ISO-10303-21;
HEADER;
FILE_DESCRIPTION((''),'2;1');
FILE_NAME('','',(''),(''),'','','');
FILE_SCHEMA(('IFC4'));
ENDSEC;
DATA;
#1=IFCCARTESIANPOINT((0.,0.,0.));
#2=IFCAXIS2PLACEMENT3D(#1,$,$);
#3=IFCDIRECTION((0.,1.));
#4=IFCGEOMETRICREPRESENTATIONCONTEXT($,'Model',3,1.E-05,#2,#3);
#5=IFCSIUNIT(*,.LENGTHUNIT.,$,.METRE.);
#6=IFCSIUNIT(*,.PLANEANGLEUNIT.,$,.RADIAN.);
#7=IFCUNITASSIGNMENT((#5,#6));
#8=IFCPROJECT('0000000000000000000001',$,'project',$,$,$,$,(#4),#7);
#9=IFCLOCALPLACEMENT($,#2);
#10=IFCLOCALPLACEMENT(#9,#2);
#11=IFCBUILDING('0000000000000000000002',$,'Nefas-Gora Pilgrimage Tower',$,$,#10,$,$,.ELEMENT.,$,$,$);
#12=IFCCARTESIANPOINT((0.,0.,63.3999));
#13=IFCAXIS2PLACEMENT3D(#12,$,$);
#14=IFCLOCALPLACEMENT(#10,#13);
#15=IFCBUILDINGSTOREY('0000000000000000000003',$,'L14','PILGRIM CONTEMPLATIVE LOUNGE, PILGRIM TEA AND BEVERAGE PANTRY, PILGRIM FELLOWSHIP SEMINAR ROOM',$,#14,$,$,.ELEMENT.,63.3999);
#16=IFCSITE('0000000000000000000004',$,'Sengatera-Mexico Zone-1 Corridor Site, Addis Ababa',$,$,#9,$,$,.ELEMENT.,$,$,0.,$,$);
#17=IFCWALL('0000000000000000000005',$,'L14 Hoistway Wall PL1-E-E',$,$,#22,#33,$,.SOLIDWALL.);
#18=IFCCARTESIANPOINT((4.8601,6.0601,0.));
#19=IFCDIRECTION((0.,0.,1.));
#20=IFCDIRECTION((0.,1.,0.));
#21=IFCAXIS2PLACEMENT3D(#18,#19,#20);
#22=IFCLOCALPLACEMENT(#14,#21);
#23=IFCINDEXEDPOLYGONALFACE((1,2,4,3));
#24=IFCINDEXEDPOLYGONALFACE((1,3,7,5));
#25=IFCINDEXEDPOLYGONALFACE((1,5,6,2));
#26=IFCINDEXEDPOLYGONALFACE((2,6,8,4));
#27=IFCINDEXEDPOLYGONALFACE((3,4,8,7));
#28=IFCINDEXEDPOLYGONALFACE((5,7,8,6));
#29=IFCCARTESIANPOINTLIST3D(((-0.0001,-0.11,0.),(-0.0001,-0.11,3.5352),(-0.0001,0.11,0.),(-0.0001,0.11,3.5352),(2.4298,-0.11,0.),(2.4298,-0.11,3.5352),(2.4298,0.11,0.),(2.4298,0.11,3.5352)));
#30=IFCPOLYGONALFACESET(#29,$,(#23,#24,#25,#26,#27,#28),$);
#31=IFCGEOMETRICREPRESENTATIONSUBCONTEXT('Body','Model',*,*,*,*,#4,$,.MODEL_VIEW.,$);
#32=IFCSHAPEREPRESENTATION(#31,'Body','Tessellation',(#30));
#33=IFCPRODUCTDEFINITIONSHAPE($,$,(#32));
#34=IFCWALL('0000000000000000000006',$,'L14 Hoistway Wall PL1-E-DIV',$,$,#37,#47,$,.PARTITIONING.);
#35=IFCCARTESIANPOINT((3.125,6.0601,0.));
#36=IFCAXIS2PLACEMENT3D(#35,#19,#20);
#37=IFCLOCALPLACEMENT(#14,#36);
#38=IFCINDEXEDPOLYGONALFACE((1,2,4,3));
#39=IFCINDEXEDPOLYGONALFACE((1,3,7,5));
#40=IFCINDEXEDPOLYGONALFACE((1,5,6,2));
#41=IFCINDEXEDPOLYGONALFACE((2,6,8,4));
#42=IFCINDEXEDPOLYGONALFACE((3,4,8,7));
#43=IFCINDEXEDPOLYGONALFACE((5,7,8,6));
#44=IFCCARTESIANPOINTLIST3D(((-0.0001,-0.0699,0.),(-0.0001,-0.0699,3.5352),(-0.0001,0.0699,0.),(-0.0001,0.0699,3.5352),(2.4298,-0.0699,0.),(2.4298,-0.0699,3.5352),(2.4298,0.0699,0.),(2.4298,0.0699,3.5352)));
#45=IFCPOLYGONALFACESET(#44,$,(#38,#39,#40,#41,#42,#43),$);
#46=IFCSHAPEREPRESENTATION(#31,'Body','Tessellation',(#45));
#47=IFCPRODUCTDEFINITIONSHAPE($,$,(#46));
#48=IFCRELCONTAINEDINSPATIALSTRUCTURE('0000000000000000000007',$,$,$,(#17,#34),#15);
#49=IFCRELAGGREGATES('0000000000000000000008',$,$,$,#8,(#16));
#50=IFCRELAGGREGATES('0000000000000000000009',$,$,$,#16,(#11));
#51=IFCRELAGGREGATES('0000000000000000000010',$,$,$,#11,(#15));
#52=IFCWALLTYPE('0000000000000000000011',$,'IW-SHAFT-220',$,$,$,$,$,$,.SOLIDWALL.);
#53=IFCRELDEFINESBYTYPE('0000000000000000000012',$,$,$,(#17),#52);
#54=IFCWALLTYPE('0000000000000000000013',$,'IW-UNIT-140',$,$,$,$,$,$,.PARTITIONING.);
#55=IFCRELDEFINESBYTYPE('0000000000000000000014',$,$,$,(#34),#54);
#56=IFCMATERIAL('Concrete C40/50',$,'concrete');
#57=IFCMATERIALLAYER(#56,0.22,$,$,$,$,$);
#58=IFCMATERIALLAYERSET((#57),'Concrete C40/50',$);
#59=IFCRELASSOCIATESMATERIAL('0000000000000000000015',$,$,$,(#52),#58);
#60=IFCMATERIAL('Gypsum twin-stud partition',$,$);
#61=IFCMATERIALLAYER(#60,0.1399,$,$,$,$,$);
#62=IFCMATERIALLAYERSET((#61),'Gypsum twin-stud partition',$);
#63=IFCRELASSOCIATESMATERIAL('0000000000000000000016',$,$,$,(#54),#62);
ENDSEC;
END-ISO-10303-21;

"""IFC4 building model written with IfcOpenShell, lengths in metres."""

from ifc_helpers import new_model, si_unit, direction, frame, frame_2d, origin, place, context, subcontext, project, spatial, rectangle, extrude, source, transform, mapped, material, layer, layer_set, type_object, element, save


model = new_model("IFC4")

# Units and contexts
model_context = context("Model", 3, precision=1e-05, world=origin(), true_north=direction((0.0, 1.0)))
body_context = subcontext(model_context, "Body", "Model", "MODEL_VIEW")
ifc_project = project(units=[si_unit("LENGTHUNIT", "METRE"), si_unit("PLANEANGLEUNIT", "RADIAN")], contexts=[model_context])

# Site, building, storey
site_placement = place(None, origin())
site = spatial("IfcSite", under=ifc_project, at=site_placement, Name="Sengatera-Mexico Zone-1 Corridor Site, Addis Ababa", CompositionType="ELEMENT", RefElevation=0.0)
building_placement = place(site_placement, origin())
building = spatial("IfcBuilding", under=site, at=building_placement, Name="Nefas-Gora Pilgrimage Tower", CompositionType="ELEMENT")
storey_placement = place(building_placement, frame((0.0, 0.0, 63.3999)))
storey = spatial("IfcBuildingStorey", under=building, at=storey_placement, Name="L14", Description="PILGRIM CONTEMPLATIVE LOUNGE, PILGRIM TEA AND BEVERAGE PANTRY, PILGRIM FELLOWSHIP SEMINAR ROOM", CompositionType="ELEMENT", Elevation=63.3999)

# Shared definitions
ifc_material_1 = material(Name="Concrete C40/50", Category="concrete")
ifc_layer_1 = layer(ifc_material_1, 0.22)
ifc_layer_set_1 = layer_set([ifc_layer_1], Name="Concrete C40/50")
wall_type_1 = type_object("IfcWallType", Name="IW-SHAFT-220", PredefinedType="SOLIDWALL", material=ifc_layer_set_1)

# Walls
shared_shape_1 = source(origin(), body_context, "Body", "SweptSolid", [
    extrude(rectangle(XDim=2.4299, YDim=0.22, at=frame_2d((1.2148, 0.0))), origin(), (0.0, 0.0, 1.0), 3.5352),
])
wall_1_placement = place(storey_placement, frame((4.8601, 6.0601, 0.0), z_axis=(0.0, 0.0, 1.0), x_axis=(0.0, 1.0, 0.0)))
element("IfcWall", 1, at=wall_1_placement, inside=storey, type_object=wall_type_1, Name="L14 Hoistway Wall PL1-E-E", PredefinedType="SOLIDWALL", context=body_context, shape_type="MappedRepresentation", body=[
    mapped(shared_shape_1, transform((0.0, 0.0, 0.0), x_axis=(1.0, 0.0, 0.0), y_axis=(0.0, 1.0, 0.0), z_axis=(0.0, 0.0, 1.0), scale=1.0)),
])
ifc_material_2 = material(Name="Gypsum twin-stud partition")
ifc_layer_2 = layer(ifc_material_2, 0.1399)
ifc_layer_set_2 = layer_set([ifc_layer_2], Name="Gypsum twin-stud partition")
wall_type_2 = type_object("IfcWallType", Name="IW-UNIT-140", PredefinedType="PARTITIONING", material=ifc_layer_set_2)
shared_shape_2 = source(origin(), body_context, "Body", "SweptSolid", [
    extrude(rectangle(XDim=2.4299, YDim=0.1399, at=frame_2d((1.2148, 0.0))), origin(), (0.0, 0.0, 1.0), 3.5352),
])
wall_2_placement = place(storey_placement, frame((3.125, 6.0601, 0.0), z_axis=(0.0, 0.0, 1.0), x_axis=(0.0, 1.0, 0.0)))
element("IfcWall", 2, at=wall_2_placement, inside=storey, type_object=wall_type_2, Name="L14 Hoistway Wall PL1-E-DIV", PredefinedType="PARTITIONING", context=body_context, shape_type="MappedRepresentation", body=[
    mapped(shared_shape_2, transform((0.0, 0.0, 0.0), x_axis=(1.0, 0.0, 0.0), y_axis=(0.0, 1.0, 0.0), z_axis=(0.0, 0.0, 1.0), scale=1.0)),
])

save(model, "model.ifc")
